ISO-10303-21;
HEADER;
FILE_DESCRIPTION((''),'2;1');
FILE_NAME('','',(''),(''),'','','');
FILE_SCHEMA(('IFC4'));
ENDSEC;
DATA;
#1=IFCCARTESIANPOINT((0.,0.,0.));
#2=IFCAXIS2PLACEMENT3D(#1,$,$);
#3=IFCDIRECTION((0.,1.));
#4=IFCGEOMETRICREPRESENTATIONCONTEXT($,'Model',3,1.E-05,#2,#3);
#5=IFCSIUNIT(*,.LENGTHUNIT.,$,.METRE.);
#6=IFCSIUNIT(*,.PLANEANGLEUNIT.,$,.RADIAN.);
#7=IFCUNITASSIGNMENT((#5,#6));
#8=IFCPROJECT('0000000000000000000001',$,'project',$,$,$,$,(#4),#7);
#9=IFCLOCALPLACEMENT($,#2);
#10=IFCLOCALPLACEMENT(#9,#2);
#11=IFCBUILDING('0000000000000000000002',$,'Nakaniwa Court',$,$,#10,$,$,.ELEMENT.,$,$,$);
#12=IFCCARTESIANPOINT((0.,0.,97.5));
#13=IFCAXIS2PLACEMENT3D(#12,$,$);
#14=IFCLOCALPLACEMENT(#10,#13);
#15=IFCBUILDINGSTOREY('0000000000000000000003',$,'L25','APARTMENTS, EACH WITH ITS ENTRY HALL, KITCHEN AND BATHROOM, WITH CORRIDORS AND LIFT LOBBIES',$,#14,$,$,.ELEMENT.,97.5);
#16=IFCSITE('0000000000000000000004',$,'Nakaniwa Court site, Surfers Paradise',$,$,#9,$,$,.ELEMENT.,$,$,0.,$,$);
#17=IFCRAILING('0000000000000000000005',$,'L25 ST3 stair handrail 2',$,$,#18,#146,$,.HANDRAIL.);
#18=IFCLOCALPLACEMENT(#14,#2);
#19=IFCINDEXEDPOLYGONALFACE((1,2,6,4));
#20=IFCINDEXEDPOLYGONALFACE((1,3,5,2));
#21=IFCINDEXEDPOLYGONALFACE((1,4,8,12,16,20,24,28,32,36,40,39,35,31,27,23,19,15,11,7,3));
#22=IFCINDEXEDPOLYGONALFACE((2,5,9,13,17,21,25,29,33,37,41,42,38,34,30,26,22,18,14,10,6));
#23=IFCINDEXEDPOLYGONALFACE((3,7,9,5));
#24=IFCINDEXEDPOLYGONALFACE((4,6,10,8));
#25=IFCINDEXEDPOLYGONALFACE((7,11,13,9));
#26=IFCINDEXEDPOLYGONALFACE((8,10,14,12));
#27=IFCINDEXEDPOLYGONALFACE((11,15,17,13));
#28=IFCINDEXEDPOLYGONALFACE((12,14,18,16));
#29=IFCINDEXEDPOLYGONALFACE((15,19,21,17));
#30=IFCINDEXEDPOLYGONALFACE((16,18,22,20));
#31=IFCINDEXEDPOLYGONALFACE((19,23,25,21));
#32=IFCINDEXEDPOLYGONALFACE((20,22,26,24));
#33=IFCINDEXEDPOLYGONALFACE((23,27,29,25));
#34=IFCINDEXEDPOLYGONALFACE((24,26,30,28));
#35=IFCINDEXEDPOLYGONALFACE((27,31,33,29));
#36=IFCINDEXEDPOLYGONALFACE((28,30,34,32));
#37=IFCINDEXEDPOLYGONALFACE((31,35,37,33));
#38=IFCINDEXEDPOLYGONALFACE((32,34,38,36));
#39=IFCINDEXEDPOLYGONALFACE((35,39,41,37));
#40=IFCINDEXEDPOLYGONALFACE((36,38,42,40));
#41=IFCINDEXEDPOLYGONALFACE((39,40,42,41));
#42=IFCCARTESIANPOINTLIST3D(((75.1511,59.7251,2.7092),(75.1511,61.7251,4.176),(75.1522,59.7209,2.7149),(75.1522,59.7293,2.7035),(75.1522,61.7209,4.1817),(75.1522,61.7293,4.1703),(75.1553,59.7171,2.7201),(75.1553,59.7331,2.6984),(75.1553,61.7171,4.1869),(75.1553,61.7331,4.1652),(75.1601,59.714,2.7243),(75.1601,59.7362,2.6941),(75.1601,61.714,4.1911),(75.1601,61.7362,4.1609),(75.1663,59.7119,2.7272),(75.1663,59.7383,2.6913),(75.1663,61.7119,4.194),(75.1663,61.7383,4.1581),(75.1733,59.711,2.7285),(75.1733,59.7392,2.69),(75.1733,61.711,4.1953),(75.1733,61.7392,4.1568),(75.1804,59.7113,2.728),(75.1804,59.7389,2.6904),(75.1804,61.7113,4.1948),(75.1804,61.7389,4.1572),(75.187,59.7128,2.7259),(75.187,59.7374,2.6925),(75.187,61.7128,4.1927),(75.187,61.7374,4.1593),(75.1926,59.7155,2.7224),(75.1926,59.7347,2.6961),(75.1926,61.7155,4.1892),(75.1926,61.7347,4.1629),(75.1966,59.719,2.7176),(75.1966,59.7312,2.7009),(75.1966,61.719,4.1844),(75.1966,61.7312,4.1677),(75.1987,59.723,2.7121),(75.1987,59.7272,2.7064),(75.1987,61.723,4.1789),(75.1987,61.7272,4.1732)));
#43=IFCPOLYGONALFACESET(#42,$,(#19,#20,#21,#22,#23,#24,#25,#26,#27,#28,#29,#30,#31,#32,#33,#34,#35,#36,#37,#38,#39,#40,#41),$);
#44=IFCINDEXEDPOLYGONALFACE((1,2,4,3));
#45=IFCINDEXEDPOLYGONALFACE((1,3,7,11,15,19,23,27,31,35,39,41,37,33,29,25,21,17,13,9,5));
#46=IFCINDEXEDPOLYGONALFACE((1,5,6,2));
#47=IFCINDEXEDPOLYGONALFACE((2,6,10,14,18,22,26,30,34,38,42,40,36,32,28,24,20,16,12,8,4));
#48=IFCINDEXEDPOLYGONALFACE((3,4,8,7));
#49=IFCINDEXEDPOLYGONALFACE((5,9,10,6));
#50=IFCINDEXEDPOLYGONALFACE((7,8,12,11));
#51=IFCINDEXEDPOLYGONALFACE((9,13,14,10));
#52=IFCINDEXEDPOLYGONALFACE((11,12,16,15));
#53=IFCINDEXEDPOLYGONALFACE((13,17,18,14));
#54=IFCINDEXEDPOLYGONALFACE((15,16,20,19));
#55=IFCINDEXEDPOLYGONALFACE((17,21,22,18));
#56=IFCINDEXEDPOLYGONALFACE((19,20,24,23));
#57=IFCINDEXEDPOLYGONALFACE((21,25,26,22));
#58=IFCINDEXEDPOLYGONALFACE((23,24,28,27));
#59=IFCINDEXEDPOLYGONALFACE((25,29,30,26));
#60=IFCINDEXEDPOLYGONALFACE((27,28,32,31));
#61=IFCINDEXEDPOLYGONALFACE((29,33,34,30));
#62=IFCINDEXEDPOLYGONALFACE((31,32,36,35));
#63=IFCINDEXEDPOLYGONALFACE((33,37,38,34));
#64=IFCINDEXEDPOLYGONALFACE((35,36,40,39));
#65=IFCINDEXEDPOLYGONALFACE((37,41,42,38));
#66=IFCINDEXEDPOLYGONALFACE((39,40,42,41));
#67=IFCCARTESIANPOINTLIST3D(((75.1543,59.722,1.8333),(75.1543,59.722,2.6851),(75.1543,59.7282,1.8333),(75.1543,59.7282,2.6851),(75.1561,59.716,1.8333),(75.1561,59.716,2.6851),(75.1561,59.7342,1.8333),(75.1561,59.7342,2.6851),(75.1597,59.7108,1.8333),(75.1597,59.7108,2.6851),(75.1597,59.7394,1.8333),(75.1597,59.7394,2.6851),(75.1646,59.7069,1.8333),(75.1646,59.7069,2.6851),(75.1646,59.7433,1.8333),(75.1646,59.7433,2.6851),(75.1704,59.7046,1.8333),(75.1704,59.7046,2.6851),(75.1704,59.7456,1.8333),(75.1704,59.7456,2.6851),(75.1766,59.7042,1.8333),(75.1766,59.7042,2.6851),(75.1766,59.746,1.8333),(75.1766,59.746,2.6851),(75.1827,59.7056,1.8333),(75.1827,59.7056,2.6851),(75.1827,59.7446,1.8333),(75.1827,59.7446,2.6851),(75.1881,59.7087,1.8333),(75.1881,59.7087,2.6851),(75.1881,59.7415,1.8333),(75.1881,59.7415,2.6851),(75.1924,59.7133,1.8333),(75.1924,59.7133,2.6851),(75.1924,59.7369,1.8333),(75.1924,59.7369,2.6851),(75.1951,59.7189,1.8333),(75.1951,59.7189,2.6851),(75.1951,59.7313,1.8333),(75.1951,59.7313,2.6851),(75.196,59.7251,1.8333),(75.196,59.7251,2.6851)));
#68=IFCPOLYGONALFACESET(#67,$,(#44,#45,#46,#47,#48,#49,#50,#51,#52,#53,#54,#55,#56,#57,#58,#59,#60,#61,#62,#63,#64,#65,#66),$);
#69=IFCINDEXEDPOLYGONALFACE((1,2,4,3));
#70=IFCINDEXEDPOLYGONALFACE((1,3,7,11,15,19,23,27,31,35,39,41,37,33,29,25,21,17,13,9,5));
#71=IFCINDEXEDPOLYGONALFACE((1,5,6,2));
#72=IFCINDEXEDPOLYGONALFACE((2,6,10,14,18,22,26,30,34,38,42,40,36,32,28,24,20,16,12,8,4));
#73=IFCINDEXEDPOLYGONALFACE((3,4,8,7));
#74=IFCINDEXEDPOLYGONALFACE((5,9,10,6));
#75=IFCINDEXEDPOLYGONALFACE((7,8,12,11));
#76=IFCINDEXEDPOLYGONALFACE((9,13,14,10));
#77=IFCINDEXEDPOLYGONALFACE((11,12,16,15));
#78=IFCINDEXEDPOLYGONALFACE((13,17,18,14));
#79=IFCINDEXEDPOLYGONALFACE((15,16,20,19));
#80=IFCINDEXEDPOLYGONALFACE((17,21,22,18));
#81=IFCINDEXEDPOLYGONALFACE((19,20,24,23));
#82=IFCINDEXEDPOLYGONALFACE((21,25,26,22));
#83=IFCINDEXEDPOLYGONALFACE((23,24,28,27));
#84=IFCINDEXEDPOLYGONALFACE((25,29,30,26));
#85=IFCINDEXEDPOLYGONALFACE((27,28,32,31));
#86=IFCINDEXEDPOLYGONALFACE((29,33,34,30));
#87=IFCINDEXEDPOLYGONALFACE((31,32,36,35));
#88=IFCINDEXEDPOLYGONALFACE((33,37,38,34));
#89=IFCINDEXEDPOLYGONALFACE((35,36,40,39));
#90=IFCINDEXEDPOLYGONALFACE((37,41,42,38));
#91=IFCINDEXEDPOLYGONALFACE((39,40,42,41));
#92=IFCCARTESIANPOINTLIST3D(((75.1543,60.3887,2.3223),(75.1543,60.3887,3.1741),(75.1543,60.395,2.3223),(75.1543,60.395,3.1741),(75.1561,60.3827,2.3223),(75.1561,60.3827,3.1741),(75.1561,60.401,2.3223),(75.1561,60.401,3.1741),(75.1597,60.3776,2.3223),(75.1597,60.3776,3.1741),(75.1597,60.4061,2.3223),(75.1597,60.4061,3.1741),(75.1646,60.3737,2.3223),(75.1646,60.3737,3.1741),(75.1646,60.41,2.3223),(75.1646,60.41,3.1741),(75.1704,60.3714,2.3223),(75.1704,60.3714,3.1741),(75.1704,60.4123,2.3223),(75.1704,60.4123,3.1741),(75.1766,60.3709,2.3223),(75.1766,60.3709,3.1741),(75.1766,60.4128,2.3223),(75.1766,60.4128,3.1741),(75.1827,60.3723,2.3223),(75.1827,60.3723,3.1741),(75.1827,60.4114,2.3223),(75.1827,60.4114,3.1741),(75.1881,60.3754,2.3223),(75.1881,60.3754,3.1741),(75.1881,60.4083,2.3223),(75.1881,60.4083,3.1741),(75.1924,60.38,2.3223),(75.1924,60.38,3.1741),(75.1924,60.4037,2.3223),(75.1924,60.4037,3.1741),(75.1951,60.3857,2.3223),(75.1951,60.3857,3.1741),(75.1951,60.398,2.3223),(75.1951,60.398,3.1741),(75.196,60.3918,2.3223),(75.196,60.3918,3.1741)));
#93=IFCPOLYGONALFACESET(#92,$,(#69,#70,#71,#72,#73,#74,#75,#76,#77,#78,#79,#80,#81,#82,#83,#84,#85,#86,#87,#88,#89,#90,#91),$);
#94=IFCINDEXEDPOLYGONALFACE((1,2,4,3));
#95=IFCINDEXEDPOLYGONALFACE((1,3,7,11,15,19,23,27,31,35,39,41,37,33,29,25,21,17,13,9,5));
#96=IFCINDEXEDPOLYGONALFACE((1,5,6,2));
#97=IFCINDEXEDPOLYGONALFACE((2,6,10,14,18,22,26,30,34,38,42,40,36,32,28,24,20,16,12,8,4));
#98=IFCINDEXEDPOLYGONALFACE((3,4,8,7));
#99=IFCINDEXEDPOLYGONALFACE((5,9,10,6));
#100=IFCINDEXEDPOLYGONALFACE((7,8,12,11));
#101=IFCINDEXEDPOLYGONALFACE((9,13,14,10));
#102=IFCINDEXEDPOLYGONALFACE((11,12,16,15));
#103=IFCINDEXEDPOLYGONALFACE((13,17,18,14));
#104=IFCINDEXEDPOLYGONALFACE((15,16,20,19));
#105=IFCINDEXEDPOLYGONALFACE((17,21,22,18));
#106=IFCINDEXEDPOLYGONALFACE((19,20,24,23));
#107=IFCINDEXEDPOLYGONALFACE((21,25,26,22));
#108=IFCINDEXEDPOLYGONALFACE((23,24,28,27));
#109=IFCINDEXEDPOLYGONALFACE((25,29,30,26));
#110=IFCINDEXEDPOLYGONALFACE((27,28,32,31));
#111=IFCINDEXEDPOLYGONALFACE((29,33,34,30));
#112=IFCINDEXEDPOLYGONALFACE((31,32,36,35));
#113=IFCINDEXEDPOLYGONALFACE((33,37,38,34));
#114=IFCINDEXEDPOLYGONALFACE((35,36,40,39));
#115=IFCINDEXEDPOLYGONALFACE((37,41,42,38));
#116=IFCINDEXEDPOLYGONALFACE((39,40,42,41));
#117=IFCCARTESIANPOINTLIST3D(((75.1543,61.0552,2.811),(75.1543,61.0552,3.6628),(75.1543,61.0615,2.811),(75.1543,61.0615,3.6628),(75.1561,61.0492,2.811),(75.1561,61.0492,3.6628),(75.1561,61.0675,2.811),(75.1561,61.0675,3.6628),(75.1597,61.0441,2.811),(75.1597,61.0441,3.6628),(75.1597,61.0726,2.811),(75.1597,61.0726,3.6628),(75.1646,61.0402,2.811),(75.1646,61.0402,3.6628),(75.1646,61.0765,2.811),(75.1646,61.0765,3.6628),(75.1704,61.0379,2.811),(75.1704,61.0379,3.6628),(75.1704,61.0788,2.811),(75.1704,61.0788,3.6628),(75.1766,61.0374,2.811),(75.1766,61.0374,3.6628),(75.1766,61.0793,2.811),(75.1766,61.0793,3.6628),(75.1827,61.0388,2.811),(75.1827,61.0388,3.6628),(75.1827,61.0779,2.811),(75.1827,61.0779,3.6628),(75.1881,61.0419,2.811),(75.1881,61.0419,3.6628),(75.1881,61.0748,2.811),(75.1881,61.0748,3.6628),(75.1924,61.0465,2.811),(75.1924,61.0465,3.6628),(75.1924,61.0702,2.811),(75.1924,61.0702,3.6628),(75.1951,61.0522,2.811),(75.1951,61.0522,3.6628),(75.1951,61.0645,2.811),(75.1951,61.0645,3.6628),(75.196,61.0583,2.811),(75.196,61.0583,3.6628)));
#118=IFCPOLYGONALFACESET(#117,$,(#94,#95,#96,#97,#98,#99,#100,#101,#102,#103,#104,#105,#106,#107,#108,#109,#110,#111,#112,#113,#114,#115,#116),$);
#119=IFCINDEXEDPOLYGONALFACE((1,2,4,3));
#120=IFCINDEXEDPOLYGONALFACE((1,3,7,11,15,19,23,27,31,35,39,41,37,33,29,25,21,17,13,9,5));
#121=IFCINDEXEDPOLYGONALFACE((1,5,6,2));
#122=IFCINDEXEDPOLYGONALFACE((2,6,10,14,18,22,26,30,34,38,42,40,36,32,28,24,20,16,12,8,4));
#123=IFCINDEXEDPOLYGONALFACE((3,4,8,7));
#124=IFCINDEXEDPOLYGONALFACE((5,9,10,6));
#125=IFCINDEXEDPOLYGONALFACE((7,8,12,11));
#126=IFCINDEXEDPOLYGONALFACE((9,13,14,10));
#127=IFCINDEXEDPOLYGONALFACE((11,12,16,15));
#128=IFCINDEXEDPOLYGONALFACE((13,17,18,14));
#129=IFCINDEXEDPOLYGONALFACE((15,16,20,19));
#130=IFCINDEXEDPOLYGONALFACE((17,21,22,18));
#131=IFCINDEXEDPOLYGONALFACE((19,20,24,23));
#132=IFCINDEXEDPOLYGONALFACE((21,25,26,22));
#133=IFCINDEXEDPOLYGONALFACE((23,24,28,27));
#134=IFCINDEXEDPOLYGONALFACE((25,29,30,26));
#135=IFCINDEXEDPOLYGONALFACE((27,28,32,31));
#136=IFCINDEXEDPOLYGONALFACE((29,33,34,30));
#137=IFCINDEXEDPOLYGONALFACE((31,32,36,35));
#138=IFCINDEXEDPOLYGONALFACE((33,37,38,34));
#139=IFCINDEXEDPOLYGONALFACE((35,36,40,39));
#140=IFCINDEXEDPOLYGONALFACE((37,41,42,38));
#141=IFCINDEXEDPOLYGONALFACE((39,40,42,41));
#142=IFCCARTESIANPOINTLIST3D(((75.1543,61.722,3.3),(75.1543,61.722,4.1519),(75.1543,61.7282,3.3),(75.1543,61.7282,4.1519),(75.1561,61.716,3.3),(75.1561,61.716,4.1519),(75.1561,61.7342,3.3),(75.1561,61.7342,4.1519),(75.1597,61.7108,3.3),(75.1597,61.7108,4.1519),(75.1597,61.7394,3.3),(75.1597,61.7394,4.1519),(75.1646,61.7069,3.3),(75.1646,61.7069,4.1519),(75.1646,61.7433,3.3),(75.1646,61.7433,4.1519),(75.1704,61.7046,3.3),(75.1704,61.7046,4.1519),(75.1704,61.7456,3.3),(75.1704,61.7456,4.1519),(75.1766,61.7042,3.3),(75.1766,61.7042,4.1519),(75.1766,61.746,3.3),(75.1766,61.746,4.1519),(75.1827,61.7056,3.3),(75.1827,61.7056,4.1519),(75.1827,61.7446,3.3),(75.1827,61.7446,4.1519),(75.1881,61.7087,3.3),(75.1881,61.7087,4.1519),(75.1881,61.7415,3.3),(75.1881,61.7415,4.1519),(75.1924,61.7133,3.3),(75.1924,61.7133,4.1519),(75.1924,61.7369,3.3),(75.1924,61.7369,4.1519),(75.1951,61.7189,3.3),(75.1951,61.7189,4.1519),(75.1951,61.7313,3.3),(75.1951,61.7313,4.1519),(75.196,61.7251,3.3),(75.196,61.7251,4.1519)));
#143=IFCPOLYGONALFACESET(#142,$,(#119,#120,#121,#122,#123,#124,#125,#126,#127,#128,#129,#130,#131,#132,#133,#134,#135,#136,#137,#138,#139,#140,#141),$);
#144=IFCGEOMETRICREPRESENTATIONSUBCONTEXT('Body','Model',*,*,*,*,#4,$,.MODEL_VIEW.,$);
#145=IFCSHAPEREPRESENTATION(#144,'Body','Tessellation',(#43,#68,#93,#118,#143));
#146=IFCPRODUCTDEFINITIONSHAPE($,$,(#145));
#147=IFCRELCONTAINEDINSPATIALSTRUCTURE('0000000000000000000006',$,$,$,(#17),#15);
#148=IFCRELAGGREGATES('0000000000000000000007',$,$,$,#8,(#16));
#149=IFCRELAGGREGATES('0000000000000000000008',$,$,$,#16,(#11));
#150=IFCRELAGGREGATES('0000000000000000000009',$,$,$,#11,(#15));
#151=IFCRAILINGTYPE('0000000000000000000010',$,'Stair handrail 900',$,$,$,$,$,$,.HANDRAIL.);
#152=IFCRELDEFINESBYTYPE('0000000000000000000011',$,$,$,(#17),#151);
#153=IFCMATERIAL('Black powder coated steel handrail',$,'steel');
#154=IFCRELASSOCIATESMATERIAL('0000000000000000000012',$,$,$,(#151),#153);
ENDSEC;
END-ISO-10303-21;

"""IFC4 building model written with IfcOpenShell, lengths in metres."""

from ifc_helpers import new_model, si_unit, direction, frame, origin, origin_2d, place, context, subcontext, project, spatial, circle, extrude, material, type_object, element, save


model = new_model("IFC4")

# Units and contexts
model_context = context("Model", 3, precision=1e-05, world=origin(), true_north=direction((0.0, 1.0)))
body_context = subcontext(model_context, "Body", "Model", "MODEL_VIEW")
ifc_project = project(units=[si_unit("LENGTHUNIT", "METRE"), si_unit("PLANEANGLEUNIT", "RADIAN")], contexts=[model_context])

# Site, building, storey
site_placement = place(None, origin())
site = spatial("IfcSite", under=ifc_project, at=site_placement, Name="Nakaniwa Court site, Surfers Paradise", CompositionType="ELEMENT", RefElevation=0.0)
building_placement = place(site_placement, origin())
building = spatial("IfcBuilding", under=site, at=building_placement, Name="Nakaniwa Court", CompositionType="ELEMENT")
storey_placement = place(building_placement, frame((0.0, 0.0, 97.5)))
storey = spatial("IfcBuildingStorey", under=building, at=storey_placement, Name="L25", Description="APARTMENTS, EACH WITH ITS ENTRY HALL, KITCHEN AND BATHROOM, WITH CORRIDORS AND LIFT LOBBIES", CompositionType="ELEMENT", Elevation=97.5)

# Railing
ifc_material_1 = material(Name="Black powder coated steel handrail", Category="steel")
railing_type_1 = type_object("IfcRailingType", Name="Stair handrail 900", PredefinedType="HANDRAIL", material=ifc_material_1)
railing_1_placement = place(storey_placement, frame((75.175, 59.7251, 1.8333)))
element("IfcRailing", 1, at=railing_1_placement, inside=storey, type_object=railing_type_1, Name="L25 ST3 stair handrail 2", PredefinedType="HANDRAIL", context=body_context, shape_type="SweptSolid", body=[
    extrude(circle(Radius=0.0239, at=origin_2d()), frame((0.0, 0.0, 0.876), z_axis=(0.0, 0.80638, 0.591398), x_axis=(-1.0, 0.0, 0.0)), (0.0, 0.0, 1.0), 2.4802),
    extrude(circle(Radius=0.021, at=origin_2d()), origin(), (0.0, 0.0, 1.0), 0.8518),
    extrude(circle(Radius=0.021, at=origin_2d()), frame((0.0, 0.6667, 0.489)), (0.0, 0.0, 1.0), 0.8518),
    extrude(circle(Radius=0.021, at=origin_2d()), frame((0.0, 1.3333, 0.9778)), (0.0, 0.0, 1.0), 0.8518),
    extrude(circle(Radius=0.021, at=origin_2d()), frame((0.0, 2.0, 1.4668)), (0.0, 0.0, 1.0), 0.8518),
])

save(model, "model.ifc")
